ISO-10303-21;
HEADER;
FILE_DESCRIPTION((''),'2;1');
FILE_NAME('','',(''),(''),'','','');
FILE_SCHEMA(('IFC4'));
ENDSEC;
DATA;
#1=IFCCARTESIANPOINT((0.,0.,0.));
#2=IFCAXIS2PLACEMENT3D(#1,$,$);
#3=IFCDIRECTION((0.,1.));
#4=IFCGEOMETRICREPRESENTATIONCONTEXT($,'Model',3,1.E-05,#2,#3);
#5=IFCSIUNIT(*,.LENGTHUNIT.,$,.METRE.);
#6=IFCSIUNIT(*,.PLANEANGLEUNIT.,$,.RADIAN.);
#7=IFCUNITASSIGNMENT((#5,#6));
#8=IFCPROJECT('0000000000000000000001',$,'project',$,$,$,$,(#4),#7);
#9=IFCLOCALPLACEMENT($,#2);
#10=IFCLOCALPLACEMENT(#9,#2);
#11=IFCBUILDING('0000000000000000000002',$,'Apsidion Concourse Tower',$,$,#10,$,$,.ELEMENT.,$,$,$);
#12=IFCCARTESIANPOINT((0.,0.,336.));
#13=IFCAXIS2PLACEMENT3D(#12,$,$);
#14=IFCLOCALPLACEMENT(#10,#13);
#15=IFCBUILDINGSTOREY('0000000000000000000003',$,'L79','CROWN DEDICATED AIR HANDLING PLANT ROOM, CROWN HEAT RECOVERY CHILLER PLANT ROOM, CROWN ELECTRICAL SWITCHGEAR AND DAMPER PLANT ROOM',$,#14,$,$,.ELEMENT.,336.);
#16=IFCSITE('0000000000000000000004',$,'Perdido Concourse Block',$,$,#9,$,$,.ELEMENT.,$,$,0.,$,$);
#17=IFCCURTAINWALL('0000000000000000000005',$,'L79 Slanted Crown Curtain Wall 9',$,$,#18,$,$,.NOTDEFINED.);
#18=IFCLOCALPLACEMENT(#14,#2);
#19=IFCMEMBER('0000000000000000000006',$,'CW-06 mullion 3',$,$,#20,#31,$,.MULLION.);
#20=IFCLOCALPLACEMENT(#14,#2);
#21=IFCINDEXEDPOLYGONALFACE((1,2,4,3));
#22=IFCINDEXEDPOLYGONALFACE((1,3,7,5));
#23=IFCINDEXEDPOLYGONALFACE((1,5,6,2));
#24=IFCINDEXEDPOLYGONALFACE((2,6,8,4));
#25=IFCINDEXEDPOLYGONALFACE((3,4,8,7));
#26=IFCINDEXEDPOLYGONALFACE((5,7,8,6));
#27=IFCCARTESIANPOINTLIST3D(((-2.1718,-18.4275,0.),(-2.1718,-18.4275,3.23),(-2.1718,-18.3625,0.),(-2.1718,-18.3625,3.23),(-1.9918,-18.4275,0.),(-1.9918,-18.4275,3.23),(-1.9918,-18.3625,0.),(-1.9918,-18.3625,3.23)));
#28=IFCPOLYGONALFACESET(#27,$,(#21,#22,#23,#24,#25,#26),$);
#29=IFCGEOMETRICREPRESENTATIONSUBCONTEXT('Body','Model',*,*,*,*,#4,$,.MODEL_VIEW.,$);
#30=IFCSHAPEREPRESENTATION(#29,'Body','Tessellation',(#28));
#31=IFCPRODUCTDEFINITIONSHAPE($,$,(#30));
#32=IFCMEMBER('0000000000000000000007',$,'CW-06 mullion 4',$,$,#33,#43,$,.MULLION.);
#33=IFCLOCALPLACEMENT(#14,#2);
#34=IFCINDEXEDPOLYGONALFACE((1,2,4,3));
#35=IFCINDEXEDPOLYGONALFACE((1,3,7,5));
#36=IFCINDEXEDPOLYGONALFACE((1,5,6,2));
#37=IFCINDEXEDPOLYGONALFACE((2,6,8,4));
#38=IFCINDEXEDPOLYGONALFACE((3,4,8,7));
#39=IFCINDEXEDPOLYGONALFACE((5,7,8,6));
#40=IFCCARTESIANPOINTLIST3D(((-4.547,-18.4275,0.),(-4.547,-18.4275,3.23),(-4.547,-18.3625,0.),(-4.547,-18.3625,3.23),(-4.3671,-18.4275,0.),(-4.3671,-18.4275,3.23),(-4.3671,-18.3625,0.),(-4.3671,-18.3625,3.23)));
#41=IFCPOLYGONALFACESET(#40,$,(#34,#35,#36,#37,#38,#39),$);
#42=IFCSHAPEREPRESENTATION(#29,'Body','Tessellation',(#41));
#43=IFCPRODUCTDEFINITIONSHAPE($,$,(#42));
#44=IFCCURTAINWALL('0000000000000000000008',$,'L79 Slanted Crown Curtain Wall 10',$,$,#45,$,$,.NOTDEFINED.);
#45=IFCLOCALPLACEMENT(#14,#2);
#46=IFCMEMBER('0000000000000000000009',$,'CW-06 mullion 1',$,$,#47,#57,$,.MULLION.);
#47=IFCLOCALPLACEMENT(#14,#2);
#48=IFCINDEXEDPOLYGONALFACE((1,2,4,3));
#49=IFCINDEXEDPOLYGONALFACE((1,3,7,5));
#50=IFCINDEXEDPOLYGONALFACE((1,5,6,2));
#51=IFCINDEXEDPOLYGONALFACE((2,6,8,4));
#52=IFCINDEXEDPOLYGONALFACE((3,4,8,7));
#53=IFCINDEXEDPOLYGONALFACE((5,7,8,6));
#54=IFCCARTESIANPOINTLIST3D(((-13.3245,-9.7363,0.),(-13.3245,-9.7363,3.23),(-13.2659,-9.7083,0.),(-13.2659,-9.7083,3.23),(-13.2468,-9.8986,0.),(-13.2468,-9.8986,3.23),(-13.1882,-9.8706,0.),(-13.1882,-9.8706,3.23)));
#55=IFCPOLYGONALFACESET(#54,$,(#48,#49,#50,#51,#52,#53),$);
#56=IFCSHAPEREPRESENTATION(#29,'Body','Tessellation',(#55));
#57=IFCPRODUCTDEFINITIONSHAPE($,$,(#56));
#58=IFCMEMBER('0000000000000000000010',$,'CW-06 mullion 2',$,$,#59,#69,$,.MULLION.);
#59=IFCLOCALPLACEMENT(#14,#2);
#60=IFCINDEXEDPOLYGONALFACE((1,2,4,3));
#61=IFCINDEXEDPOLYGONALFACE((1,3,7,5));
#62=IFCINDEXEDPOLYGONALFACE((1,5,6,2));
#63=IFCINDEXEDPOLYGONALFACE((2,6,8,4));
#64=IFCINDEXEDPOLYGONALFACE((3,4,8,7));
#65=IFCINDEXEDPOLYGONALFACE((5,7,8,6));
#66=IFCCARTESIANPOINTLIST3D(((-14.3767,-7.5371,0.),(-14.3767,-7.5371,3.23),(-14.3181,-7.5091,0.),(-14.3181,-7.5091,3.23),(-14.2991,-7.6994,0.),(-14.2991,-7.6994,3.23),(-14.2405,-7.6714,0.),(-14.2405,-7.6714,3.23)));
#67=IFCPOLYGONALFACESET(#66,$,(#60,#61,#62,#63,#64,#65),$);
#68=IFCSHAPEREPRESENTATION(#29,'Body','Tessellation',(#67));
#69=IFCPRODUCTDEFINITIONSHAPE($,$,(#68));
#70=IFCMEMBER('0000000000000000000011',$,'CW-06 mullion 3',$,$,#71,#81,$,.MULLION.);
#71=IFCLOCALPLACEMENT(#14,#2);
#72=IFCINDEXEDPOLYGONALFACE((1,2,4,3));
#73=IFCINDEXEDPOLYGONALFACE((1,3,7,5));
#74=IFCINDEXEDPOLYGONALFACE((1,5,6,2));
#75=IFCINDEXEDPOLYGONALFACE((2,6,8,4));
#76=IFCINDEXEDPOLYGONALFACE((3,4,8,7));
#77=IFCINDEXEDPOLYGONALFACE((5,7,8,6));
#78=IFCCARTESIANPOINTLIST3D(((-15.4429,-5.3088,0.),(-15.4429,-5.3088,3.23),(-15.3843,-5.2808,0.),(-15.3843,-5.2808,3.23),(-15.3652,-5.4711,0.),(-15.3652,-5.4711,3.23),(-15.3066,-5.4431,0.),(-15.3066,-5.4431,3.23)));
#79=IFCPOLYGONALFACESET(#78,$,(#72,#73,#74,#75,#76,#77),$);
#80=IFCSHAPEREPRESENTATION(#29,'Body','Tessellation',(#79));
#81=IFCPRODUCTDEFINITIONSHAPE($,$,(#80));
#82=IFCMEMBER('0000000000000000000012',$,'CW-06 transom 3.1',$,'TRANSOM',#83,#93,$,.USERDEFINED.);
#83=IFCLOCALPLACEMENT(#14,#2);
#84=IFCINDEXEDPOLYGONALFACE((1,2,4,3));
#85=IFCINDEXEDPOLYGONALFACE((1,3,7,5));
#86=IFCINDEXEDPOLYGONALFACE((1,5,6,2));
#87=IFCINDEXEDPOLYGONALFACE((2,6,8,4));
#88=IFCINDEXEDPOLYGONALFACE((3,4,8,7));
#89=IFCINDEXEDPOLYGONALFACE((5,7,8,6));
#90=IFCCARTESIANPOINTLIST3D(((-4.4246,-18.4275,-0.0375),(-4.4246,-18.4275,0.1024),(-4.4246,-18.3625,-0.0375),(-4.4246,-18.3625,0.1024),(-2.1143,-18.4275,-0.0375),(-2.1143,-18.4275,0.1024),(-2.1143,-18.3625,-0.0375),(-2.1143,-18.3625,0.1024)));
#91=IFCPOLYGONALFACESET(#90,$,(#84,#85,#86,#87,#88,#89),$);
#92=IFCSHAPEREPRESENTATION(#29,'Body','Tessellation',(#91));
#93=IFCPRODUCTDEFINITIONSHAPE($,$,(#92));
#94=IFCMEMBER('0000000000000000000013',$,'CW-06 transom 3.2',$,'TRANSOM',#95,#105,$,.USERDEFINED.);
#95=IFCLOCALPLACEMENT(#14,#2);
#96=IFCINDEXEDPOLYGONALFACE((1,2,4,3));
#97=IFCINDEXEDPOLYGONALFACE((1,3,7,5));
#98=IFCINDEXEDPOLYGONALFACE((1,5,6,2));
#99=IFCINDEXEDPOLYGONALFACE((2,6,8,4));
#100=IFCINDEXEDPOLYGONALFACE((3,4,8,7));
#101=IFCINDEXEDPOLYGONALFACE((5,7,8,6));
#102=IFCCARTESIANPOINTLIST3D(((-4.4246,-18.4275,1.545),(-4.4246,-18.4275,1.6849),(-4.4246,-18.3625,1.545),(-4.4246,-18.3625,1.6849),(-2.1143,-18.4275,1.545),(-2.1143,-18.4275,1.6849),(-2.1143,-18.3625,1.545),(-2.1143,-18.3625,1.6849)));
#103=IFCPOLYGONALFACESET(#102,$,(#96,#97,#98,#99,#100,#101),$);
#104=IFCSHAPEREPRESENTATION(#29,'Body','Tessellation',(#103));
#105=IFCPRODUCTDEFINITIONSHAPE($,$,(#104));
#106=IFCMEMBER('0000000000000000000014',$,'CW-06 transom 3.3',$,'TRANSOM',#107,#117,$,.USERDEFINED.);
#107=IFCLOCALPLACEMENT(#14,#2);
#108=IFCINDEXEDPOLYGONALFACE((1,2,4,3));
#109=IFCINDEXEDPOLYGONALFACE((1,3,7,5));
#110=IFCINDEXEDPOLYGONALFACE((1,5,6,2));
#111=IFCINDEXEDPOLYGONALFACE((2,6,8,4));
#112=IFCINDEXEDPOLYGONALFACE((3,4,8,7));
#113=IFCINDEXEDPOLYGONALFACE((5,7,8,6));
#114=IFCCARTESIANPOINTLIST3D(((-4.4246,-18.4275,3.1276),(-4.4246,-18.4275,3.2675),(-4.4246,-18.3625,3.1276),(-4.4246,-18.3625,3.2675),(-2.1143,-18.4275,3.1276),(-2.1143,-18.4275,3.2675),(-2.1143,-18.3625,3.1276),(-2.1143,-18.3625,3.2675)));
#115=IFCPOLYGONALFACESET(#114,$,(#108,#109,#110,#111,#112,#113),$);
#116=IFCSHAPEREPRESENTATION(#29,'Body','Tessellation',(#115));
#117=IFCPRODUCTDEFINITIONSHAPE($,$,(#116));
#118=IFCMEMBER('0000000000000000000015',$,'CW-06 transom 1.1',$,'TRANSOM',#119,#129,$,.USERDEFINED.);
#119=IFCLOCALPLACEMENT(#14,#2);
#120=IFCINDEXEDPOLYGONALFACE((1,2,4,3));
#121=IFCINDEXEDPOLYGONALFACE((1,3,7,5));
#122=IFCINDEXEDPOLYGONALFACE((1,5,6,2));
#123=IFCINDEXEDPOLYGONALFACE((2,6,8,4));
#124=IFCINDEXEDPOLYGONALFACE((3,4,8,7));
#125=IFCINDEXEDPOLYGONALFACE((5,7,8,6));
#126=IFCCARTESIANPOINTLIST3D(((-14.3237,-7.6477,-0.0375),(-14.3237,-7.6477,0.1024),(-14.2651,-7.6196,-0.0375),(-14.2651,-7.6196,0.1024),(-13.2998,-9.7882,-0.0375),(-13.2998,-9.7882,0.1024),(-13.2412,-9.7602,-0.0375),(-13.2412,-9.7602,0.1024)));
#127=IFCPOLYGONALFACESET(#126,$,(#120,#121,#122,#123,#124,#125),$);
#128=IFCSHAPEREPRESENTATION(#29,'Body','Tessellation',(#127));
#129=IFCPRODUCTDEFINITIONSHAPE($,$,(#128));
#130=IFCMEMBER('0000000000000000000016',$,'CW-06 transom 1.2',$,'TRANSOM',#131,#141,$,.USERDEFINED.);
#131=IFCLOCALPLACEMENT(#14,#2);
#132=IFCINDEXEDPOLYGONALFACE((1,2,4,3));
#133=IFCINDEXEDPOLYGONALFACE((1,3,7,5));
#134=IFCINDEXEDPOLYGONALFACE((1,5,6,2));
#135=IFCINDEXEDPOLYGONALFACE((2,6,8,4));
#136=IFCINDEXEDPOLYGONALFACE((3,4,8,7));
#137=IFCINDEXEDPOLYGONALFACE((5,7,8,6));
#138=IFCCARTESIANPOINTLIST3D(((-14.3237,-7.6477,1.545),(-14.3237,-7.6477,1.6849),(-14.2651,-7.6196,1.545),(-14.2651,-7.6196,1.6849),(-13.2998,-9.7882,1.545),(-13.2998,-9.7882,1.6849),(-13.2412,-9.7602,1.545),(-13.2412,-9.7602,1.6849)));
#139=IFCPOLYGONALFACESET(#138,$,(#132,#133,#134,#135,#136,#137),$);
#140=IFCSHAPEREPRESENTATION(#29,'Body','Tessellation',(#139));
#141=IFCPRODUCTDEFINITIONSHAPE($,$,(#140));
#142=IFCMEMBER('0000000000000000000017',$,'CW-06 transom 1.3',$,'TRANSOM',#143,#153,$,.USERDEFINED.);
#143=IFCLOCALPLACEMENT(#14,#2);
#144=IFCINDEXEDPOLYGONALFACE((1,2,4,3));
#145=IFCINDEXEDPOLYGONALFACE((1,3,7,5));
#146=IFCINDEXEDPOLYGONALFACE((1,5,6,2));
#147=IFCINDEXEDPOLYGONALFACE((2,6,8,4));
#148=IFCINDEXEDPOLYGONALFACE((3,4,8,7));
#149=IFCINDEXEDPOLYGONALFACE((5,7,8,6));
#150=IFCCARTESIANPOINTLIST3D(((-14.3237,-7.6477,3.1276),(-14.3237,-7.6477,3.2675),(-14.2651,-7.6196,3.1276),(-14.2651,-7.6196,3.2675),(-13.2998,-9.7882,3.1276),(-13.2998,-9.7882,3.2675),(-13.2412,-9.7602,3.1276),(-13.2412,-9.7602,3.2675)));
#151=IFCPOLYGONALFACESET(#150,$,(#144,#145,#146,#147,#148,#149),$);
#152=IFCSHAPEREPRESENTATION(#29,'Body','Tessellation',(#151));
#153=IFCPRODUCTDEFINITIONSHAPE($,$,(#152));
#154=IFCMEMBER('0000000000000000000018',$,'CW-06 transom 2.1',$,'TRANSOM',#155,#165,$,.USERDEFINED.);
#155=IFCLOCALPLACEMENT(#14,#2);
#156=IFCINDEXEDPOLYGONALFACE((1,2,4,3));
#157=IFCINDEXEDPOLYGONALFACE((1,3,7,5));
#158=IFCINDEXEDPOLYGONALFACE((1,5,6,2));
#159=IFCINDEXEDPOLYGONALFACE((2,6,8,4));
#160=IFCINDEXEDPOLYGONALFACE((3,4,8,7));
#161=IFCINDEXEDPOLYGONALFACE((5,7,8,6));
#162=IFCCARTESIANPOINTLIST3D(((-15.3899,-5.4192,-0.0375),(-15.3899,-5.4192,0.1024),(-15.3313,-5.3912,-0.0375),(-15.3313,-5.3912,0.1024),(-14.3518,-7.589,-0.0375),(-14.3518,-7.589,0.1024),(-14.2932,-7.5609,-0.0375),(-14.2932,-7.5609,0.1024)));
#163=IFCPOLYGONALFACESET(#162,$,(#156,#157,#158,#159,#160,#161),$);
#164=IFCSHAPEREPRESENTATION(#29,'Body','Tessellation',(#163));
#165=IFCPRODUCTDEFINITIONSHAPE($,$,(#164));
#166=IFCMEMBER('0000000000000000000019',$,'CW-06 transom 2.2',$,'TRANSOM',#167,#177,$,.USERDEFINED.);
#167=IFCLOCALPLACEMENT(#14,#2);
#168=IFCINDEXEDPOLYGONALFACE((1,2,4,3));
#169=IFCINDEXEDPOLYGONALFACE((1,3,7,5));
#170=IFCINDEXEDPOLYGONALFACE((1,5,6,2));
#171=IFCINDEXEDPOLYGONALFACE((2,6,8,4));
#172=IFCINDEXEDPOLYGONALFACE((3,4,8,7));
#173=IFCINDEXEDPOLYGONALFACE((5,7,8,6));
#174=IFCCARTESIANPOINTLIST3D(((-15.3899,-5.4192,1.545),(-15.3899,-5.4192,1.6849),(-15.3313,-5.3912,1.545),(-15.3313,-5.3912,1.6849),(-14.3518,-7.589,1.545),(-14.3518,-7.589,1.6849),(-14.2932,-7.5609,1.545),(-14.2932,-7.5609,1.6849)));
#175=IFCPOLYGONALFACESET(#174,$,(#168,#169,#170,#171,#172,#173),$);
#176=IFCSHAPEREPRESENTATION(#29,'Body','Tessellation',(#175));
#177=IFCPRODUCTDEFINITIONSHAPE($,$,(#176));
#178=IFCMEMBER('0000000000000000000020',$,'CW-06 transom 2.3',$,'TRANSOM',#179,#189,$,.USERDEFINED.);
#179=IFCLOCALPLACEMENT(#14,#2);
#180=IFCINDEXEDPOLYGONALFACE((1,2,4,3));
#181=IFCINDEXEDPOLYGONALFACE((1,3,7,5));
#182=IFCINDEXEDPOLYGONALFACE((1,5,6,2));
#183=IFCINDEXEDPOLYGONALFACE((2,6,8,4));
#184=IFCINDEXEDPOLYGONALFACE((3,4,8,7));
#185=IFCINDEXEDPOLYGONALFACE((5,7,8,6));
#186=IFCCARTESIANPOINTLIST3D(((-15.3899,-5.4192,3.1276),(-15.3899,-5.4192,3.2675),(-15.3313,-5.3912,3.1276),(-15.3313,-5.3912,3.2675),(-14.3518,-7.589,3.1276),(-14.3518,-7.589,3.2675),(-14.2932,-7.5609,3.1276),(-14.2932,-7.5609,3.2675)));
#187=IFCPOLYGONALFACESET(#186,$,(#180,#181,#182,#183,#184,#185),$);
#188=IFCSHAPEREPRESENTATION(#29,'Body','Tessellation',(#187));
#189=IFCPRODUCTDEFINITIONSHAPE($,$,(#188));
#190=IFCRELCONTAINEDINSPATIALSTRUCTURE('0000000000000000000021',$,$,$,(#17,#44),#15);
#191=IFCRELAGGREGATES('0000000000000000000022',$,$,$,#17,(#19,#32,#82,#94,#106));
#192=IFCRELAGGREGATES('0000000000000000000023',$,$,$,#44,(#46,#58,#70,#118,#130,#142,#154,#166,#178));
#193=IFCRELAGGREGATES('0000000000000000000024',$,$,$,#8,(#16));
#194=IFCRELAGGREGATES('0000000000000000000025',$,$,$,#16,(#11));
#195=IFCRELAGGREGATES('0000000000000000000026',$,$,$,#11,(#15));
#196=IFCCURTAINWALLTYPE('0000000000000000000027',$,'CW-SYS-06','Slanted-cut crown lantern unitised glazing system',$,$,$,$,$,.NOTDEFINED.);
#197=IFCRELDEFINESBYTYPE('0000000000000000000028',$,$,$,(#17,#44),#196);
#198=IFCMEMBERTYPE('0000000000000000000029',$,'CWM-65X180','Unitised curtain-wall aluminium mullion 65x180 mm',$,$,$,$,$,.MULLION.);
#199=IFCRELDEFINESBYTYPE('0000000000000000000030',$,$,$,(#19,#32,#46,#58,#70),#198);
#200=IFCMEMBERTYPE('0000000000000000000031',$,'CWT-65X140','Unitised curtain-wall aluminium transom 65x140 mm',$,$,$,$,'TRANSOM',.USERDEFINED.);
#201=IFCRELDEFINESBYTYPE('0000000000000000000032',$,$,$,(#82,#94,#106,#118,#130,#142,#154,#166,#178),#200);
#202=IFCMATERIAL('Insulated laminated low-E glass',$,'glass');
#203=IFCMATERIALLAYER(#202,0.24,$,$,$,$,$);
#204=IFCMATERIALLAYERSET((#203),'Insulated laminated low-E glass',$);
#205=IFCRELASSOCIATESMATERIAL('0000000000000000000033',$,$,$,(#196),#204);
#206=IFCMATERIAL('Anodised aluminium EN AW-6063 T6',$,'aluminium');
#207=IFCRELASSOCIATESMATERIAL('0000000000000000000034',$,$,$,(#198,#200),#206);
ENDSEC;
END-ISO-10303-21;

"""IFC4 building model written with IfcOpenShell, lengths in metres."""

from ifc_helpers import new_model, si_unit, direction, frame, origin, origin_2d, place, context, subcontext, project, spatial, rectangle, extrude, material, layer, layer_set, material_profile, profile_set, type_object, element, aggregate, save


model = new_model("IFC4")

# Units and contexts
model_context = context("Model", 3, precision=1e-05, world=origin(), true_north=direction((0.0, 1.0)))
body_context = subcontext(model_context, "Body", "Model", "MODEL_VIEW")
ifc_project = project(units=[si_unit("LENGTHUNIT", "METRE"), si_unit("PLANEANGLEUNIT", "RADIAN")], contexts=[model_context])

# Site, building, storey
site_placement = place(None, origin())
site = spatial("IfcSite", under=ifc_project, at=site_placement, Name="Perdido Concourse Block", CompositionType="ELEMENT", RefElevation=0.0)
building_placement = place(site_placement, origin())
building = spatial("IfcBuilding", under=site, at=building_placement, Name="Apsidion Concourse Tower", CompositionType="ELEMENT")
storey_placement = place(building_placement, frame((0.0, 0.0, 336.0)))
storey = spatial("IfcBuildingStorey", under=building, at=storey_placement, Name="L79", Description="CROWN DEDICATED AIR HANDLING PLANT ROOM, CROWN HEAT RECOVERY CHILLER PLANT ROOM, CROWN ELECTRICAL SWITCHGEAR AND DAMPER PLANT ROOM", CompositionType="ELEMENT", Elevation=336.0)

# Curtain walls, members
ifc_material_1 = material(Name="Insulated laminated low-E glass", Category="glass")
ifc_layer_1 = layer(ifc_material_1, 0.24)
ifc_layer_set_1 = layer_set([ifc_layer_1], Name="Insulated laminated low-E glass")
curtain_wall_type = type_object("IfcCurtainWallType", Name="CW-SYS-06", Description="Slanted-cut crown lantern unitised glazing system", PredefinedType="NOTDEFINED", material=ifc_layer_set_1)
curtain_wall_1_placement = place(storey_placement, origin())
curtain_wall_1 = element("IfcCurtainWall", 1, at=curtain_wall_1_placement, inside=storey, type_object=curtain_wall_type, Name="L79 Slanted Crown Curtain Wall 9", PredefinedType="NOTDEFINED")
ifc_material_2 = material(Name="Anodised aluminium EN AW-6063 T6", Category="aluminium")
ifc_material_profile_1 = material_profile(ifc_material_2, rectangle(XDim=0.0649, YDim=0.1799, at=origin_2d()), Name="ALU MULLION 65x180")
ifc_profile_set_1 = profile_set([ifc_material_profile_1], Name="Anodised aluminium EN AW-6063 T6")
member_type_1 = type_object("IfcMemberType", Name="CWM-65X180", Description="Unitised curtain-wall aluminium mullion 65x180 mm", PredefinedType="MULLION", material=ifc_profile_set_1)
member_1_placement = place(storey_placement, frame((-2.0818, -18.395, 0.0), z_axis=(0.0, 0.0, 1.0), x_axis=(0.0, -1.0, 0.0)))
member_1 = element("IfcMember", 2, at=member_1_placement, type_object=member_type_1, Name="CW-06 mullion 3", PredefinedType="MULLION", context=body_context, shape_type="SweptSolid", body=[
    extrude(rectangle(XDim=0.0649, YDim=0.1799, at=origin_2d()), origin(), (0.0, 0.0, 1.0), 3.23),
])
member_2_placement = place(storey_placement, frame((-4.457, -18.395, 0.0), z_axis=(0.0, 0.0, 1.0), x_axis=(0.0, -1.0, 0.0)))
member_2 = element("IfcMember", 3, at=member_2_placement, type_object=member_type_1, Name="CW-06 mullion 4", PredefinedType="MULLION", context=body_context, shape_type="SweptSolid", body=[
    extrude(rectangle(XDim=0.0649, YDim=0.1799, at=origin_2d()), origin(), (0.0, 0.0, 1.0), 3.23),
])
curtain_wall_2_placement = place(storey_placement, origin())
curtain_wall_2 = element("IfcCurtainWall", 4, at=curtain_wall_2_placement, inside=storey, type_object=curtain_wall_type, Name="L79 Slanted Crown Curtain Wall 10", PredefinedType="NOTDEFINED")
member_3_placement = place(storey_placement, frame((-13.2563, -9.8035, 0.0), z_axis=(0.0, 0.0, 1.0), x_axis=(-0.902067, -0.431596, 0.0)))
member_3 = element("IfcMember", 5, at=member_3_placement, type_object=member_type_1, Name="CW-06 mullion 1", PredefinedType="MULLION", context=body_context, shape_type="SweptSolid", body=[
    extrude(rectangle(XDim=0.0649, YDim=0.1799, at=origin_2d()), origin(), (0.0, 0.0, 1.0), 3.23),
])
member_4_placement = place(storey_placement, frame((-14.3086, -7.6042, 0.0), z_axis=(0.0, 0.0, 1.0), x_axis=(-0.902067, -0.431596, 0.0)))
member_4 = element("IfcMember", 6, at=member_4_placement, type_object=member_type_1, Name="CW-06 mullion 2", PredefinedType="MULLION", context=body_context, shape_type="SweptSolid", body=[
    extrude(rectangle(XDim=0.0649, YDim=0.1799, at=origin_2d()), origin(), (0.0, 0.0, 1.0), 3.23),
])
member_5_placement = place(storey_placement, frame((-15.3748, -5.376, 0.0), z_axis=(0.0, 0.0, 1.0), x_axis=(-0.902067, -0.431596, 0.0)))
member_5 = element("IfcMember", 7, at=member_5_placement, type_object=member_type_1, Name="CW-06 mullion 3", PredefinedType="MULLION", context=body_context, shape_type="SweptSolid", body=[
    extrude(rectangle(XDim=0.0649, YDim=0.1799, at=origin_2d()), origin(), (0.0, 0.0, 1.0), 3.23),
])

# Members
ifc_material_profile_2 = material_profile(ifc_material_2, rectangle(XDim=0.0649, YDim=0.1399, at=origin_2d()), Name="ALU TRANSOM 65x140")
ifc_profile_set_2 = profile_set([ifc_material_profile_2], Name="Anodised aluminium EN AW-6063 T6")
member_type_2 = type_object("IfcMemberType", Name="CWT-65X140", Description="Unitised curtain-wall aluminium transom 65x140 mm", ElementType="TRANSOM", PredefinedType="USERDEFINED", material=ifc_profile_set_2)
member_6_placement = place(storey_placement, frame((-2.1143, -18.395, 0.0325), z_axis=(-1.0, 0.0, 0.0), x_axis=(0.0, -1.0, 0.0)))
member_6 = element("IfcMember", 8, at=member_6_placement, type_object=member_type_2, Name="CW-06 transom 3.1", ObjectType="TRANSOM", PredefinedType="USERDEFINED", context=body_context, shape_type="SweptSolid", body=[
    extrude(rectangle(XDim=0.0649, YDim=0.1399, at=origin_2d()), origin(), (0.0, 0.0, 1.0), 2.3103),
])
member_7_placement = place(storey_placement, frame((-2.1143, -18.395, 1.615), z_axis=(-1.0, 0.0, 0.0), x_axis=(0.0, -1.0, 0.0)))
member_7 = element("IfcMember", 9, at=member_7_placement, type_object=member_type_2, Name="CW-06 transom 3.2", ObjectType="TRANSOM", PredefinedType="USERDEFINED", context=body_context, shape_type="SweptSolid", body=[
    extrude(rectangle(XDim=0.0649, YDim=0.1399, at=origin_2d()), origin(), (0.0, 0.0, 1.0), 2.3103),
])
member_8_placement = place(storey_placement, frame((-2.1143, -18.395, 3.1975), z_axis=(-1.0, 0.0, 0.0), x_axis=(0.0, -1.0, 0.0)))
member_8 = element("IfcMember", 10, at=member_8_placement, type_object=member_type_2, Name="CW-06 transom 3.3", ObjectType="TRANSOM", PredefinedType="USERDEFINED", context=body_context, shape_type="SweptSolid", body=[
    extrude(rectangle(XDim=0.0649, YDim=0.1399, at=origin_2d()), origin(), (0.0, 0.0, 1.0), 2.3103),
])
member_9_placement = place(storey_placement, frame((-13.2705, -9.7742, 0.0325), z_axis=(-0.431506, 0.90211, 0.0), x_axis=(-0.90211, -0.431506, 0.0)))
member_9 = element("IfcMember", 11, at=member_9_placement, type_object=member_type_2, Name="CW-06 transom 1.1", ObjectType="TRANSOM", PredefinedType="USERDEFINED", context=body_context, shape_type="SweptSolid", body=[
    extrude(rectangle(XDim=0.0649, YDim=0.1399, at=origin_2d()), origin(), (0.0, 0.0, 1.0), 2.3728),
])
member_10_placement = place(storey_placement, frame((-13.2705, -9.7742, 1.615), z_axis=(-0.431506, 0.90211, 0.0), x_axis=(-0.90211, -0.431506, 0.0)))
member_10 = element("IfcMember", 12, at=member_10_placement, type_object=member_type_2, Name="CW-06 transom 1.2", ObjectType="TRANSOM", PredefinedType="USERDEFINED", context=body_context, shape_type="SweptSolid", body=[
    extrude(rectangle(XDim=0.0649, YDim=0.1399, at=origin_2d()), origin(), (0.0, 0.0, 1.0), 2.3728),
])
member_11_placement = place(storey_placement, frame((-13.2705, -9.7742, 3.1975), z_axis=(-0.431506, 0.90211, 0.0), x_axis=(-0.90211, -0.431506, 0.0)))
member_11 = element("IfcMember", 13, at=member_11_placement, type_object=member_type_2, Name="CW-06 transom 1.3", ObjectType="TRANSOM", PredefinedType="USERDEFINED", context=body_context, shape_type="SweptSolid", body=[
    extrude(rectangle(XDim=0.0649, YDim=0.1399, at=origin_2d()), origin(), (0.0, 0.0, 1.0), 2.3728),
])
member_12_placement = place(storey_placement, frame((-14.3225, -7.575, 0.0325), z_axis=(-0.431596, 0.902067, 0.0), x_axis=(-0.902067, -0.431596, 0.0)))
member_12 = element("IfcMember", 14, at=member_12_placement, type_object=member_type_2, Name="CW-06 transom 2.1", ObjectType="TRANSOM", PredefinedType="USERDEFINED", context=body_context, shape_type="SweptSolid", body=[
    extrude(rectangle(XDim=0.0649, YDim=0.1399, at=origin_2d()), origin(), (0.0, 0.0, 1.0), 2.4053),
])
member_13_placement = place(storey_placement, frame((-14.3225, -7.575, 1.615), z_axis=(-0.431596, 0.902067, 0.0), x_axis=(-0.902067, -0.431596, 0.0)))
member_13 = element("IfcMember", 15, at=member_13_placement, type_object=member_type_2, Name="CW-06 transom 2.2", ObjectType="TRANSOM", PredefinedType="USERDEFINED", context=body_context, shape_type="SweptSolid", body=[
    extrude(rectangle(XDim=0.0649, YDim=0.1399, at=origin_2d()), origin(), (0.0, 0.0, 1.0), 2.4053),
])
member_14_placement = place(storey_placement, frame((-14.3225, -7.575, 3.1975), z_axis=(-0.431596, 0.902067, 0.0), x_axis=(-0.902067, -0.431596, 0.0)))
member_14 = element("IfcMember", 16, at=member_14_placement, type_object=member_type_2, Name="CW-06 transom 2.3", ObjectType="TRANSOM", PredefinedType="USERDEFINED", context=body_context, shape_type="SweptSolid", body=[
    extrude(rectangle(XDim=0.0649, YDim=0.1399, at=origin_2d()), origin(), (0.0, 0.0, 1.0), 2.4053),
])

aggregate(curtain_wall_1, [member_1, member_2, member_6, member_7, member_8])
aggregate(curtain_wall_2, [member_3, member_4, member_5, member_9, member_10, member_11, member_12, member_13, member_14])

save(model, "model.ifc")
